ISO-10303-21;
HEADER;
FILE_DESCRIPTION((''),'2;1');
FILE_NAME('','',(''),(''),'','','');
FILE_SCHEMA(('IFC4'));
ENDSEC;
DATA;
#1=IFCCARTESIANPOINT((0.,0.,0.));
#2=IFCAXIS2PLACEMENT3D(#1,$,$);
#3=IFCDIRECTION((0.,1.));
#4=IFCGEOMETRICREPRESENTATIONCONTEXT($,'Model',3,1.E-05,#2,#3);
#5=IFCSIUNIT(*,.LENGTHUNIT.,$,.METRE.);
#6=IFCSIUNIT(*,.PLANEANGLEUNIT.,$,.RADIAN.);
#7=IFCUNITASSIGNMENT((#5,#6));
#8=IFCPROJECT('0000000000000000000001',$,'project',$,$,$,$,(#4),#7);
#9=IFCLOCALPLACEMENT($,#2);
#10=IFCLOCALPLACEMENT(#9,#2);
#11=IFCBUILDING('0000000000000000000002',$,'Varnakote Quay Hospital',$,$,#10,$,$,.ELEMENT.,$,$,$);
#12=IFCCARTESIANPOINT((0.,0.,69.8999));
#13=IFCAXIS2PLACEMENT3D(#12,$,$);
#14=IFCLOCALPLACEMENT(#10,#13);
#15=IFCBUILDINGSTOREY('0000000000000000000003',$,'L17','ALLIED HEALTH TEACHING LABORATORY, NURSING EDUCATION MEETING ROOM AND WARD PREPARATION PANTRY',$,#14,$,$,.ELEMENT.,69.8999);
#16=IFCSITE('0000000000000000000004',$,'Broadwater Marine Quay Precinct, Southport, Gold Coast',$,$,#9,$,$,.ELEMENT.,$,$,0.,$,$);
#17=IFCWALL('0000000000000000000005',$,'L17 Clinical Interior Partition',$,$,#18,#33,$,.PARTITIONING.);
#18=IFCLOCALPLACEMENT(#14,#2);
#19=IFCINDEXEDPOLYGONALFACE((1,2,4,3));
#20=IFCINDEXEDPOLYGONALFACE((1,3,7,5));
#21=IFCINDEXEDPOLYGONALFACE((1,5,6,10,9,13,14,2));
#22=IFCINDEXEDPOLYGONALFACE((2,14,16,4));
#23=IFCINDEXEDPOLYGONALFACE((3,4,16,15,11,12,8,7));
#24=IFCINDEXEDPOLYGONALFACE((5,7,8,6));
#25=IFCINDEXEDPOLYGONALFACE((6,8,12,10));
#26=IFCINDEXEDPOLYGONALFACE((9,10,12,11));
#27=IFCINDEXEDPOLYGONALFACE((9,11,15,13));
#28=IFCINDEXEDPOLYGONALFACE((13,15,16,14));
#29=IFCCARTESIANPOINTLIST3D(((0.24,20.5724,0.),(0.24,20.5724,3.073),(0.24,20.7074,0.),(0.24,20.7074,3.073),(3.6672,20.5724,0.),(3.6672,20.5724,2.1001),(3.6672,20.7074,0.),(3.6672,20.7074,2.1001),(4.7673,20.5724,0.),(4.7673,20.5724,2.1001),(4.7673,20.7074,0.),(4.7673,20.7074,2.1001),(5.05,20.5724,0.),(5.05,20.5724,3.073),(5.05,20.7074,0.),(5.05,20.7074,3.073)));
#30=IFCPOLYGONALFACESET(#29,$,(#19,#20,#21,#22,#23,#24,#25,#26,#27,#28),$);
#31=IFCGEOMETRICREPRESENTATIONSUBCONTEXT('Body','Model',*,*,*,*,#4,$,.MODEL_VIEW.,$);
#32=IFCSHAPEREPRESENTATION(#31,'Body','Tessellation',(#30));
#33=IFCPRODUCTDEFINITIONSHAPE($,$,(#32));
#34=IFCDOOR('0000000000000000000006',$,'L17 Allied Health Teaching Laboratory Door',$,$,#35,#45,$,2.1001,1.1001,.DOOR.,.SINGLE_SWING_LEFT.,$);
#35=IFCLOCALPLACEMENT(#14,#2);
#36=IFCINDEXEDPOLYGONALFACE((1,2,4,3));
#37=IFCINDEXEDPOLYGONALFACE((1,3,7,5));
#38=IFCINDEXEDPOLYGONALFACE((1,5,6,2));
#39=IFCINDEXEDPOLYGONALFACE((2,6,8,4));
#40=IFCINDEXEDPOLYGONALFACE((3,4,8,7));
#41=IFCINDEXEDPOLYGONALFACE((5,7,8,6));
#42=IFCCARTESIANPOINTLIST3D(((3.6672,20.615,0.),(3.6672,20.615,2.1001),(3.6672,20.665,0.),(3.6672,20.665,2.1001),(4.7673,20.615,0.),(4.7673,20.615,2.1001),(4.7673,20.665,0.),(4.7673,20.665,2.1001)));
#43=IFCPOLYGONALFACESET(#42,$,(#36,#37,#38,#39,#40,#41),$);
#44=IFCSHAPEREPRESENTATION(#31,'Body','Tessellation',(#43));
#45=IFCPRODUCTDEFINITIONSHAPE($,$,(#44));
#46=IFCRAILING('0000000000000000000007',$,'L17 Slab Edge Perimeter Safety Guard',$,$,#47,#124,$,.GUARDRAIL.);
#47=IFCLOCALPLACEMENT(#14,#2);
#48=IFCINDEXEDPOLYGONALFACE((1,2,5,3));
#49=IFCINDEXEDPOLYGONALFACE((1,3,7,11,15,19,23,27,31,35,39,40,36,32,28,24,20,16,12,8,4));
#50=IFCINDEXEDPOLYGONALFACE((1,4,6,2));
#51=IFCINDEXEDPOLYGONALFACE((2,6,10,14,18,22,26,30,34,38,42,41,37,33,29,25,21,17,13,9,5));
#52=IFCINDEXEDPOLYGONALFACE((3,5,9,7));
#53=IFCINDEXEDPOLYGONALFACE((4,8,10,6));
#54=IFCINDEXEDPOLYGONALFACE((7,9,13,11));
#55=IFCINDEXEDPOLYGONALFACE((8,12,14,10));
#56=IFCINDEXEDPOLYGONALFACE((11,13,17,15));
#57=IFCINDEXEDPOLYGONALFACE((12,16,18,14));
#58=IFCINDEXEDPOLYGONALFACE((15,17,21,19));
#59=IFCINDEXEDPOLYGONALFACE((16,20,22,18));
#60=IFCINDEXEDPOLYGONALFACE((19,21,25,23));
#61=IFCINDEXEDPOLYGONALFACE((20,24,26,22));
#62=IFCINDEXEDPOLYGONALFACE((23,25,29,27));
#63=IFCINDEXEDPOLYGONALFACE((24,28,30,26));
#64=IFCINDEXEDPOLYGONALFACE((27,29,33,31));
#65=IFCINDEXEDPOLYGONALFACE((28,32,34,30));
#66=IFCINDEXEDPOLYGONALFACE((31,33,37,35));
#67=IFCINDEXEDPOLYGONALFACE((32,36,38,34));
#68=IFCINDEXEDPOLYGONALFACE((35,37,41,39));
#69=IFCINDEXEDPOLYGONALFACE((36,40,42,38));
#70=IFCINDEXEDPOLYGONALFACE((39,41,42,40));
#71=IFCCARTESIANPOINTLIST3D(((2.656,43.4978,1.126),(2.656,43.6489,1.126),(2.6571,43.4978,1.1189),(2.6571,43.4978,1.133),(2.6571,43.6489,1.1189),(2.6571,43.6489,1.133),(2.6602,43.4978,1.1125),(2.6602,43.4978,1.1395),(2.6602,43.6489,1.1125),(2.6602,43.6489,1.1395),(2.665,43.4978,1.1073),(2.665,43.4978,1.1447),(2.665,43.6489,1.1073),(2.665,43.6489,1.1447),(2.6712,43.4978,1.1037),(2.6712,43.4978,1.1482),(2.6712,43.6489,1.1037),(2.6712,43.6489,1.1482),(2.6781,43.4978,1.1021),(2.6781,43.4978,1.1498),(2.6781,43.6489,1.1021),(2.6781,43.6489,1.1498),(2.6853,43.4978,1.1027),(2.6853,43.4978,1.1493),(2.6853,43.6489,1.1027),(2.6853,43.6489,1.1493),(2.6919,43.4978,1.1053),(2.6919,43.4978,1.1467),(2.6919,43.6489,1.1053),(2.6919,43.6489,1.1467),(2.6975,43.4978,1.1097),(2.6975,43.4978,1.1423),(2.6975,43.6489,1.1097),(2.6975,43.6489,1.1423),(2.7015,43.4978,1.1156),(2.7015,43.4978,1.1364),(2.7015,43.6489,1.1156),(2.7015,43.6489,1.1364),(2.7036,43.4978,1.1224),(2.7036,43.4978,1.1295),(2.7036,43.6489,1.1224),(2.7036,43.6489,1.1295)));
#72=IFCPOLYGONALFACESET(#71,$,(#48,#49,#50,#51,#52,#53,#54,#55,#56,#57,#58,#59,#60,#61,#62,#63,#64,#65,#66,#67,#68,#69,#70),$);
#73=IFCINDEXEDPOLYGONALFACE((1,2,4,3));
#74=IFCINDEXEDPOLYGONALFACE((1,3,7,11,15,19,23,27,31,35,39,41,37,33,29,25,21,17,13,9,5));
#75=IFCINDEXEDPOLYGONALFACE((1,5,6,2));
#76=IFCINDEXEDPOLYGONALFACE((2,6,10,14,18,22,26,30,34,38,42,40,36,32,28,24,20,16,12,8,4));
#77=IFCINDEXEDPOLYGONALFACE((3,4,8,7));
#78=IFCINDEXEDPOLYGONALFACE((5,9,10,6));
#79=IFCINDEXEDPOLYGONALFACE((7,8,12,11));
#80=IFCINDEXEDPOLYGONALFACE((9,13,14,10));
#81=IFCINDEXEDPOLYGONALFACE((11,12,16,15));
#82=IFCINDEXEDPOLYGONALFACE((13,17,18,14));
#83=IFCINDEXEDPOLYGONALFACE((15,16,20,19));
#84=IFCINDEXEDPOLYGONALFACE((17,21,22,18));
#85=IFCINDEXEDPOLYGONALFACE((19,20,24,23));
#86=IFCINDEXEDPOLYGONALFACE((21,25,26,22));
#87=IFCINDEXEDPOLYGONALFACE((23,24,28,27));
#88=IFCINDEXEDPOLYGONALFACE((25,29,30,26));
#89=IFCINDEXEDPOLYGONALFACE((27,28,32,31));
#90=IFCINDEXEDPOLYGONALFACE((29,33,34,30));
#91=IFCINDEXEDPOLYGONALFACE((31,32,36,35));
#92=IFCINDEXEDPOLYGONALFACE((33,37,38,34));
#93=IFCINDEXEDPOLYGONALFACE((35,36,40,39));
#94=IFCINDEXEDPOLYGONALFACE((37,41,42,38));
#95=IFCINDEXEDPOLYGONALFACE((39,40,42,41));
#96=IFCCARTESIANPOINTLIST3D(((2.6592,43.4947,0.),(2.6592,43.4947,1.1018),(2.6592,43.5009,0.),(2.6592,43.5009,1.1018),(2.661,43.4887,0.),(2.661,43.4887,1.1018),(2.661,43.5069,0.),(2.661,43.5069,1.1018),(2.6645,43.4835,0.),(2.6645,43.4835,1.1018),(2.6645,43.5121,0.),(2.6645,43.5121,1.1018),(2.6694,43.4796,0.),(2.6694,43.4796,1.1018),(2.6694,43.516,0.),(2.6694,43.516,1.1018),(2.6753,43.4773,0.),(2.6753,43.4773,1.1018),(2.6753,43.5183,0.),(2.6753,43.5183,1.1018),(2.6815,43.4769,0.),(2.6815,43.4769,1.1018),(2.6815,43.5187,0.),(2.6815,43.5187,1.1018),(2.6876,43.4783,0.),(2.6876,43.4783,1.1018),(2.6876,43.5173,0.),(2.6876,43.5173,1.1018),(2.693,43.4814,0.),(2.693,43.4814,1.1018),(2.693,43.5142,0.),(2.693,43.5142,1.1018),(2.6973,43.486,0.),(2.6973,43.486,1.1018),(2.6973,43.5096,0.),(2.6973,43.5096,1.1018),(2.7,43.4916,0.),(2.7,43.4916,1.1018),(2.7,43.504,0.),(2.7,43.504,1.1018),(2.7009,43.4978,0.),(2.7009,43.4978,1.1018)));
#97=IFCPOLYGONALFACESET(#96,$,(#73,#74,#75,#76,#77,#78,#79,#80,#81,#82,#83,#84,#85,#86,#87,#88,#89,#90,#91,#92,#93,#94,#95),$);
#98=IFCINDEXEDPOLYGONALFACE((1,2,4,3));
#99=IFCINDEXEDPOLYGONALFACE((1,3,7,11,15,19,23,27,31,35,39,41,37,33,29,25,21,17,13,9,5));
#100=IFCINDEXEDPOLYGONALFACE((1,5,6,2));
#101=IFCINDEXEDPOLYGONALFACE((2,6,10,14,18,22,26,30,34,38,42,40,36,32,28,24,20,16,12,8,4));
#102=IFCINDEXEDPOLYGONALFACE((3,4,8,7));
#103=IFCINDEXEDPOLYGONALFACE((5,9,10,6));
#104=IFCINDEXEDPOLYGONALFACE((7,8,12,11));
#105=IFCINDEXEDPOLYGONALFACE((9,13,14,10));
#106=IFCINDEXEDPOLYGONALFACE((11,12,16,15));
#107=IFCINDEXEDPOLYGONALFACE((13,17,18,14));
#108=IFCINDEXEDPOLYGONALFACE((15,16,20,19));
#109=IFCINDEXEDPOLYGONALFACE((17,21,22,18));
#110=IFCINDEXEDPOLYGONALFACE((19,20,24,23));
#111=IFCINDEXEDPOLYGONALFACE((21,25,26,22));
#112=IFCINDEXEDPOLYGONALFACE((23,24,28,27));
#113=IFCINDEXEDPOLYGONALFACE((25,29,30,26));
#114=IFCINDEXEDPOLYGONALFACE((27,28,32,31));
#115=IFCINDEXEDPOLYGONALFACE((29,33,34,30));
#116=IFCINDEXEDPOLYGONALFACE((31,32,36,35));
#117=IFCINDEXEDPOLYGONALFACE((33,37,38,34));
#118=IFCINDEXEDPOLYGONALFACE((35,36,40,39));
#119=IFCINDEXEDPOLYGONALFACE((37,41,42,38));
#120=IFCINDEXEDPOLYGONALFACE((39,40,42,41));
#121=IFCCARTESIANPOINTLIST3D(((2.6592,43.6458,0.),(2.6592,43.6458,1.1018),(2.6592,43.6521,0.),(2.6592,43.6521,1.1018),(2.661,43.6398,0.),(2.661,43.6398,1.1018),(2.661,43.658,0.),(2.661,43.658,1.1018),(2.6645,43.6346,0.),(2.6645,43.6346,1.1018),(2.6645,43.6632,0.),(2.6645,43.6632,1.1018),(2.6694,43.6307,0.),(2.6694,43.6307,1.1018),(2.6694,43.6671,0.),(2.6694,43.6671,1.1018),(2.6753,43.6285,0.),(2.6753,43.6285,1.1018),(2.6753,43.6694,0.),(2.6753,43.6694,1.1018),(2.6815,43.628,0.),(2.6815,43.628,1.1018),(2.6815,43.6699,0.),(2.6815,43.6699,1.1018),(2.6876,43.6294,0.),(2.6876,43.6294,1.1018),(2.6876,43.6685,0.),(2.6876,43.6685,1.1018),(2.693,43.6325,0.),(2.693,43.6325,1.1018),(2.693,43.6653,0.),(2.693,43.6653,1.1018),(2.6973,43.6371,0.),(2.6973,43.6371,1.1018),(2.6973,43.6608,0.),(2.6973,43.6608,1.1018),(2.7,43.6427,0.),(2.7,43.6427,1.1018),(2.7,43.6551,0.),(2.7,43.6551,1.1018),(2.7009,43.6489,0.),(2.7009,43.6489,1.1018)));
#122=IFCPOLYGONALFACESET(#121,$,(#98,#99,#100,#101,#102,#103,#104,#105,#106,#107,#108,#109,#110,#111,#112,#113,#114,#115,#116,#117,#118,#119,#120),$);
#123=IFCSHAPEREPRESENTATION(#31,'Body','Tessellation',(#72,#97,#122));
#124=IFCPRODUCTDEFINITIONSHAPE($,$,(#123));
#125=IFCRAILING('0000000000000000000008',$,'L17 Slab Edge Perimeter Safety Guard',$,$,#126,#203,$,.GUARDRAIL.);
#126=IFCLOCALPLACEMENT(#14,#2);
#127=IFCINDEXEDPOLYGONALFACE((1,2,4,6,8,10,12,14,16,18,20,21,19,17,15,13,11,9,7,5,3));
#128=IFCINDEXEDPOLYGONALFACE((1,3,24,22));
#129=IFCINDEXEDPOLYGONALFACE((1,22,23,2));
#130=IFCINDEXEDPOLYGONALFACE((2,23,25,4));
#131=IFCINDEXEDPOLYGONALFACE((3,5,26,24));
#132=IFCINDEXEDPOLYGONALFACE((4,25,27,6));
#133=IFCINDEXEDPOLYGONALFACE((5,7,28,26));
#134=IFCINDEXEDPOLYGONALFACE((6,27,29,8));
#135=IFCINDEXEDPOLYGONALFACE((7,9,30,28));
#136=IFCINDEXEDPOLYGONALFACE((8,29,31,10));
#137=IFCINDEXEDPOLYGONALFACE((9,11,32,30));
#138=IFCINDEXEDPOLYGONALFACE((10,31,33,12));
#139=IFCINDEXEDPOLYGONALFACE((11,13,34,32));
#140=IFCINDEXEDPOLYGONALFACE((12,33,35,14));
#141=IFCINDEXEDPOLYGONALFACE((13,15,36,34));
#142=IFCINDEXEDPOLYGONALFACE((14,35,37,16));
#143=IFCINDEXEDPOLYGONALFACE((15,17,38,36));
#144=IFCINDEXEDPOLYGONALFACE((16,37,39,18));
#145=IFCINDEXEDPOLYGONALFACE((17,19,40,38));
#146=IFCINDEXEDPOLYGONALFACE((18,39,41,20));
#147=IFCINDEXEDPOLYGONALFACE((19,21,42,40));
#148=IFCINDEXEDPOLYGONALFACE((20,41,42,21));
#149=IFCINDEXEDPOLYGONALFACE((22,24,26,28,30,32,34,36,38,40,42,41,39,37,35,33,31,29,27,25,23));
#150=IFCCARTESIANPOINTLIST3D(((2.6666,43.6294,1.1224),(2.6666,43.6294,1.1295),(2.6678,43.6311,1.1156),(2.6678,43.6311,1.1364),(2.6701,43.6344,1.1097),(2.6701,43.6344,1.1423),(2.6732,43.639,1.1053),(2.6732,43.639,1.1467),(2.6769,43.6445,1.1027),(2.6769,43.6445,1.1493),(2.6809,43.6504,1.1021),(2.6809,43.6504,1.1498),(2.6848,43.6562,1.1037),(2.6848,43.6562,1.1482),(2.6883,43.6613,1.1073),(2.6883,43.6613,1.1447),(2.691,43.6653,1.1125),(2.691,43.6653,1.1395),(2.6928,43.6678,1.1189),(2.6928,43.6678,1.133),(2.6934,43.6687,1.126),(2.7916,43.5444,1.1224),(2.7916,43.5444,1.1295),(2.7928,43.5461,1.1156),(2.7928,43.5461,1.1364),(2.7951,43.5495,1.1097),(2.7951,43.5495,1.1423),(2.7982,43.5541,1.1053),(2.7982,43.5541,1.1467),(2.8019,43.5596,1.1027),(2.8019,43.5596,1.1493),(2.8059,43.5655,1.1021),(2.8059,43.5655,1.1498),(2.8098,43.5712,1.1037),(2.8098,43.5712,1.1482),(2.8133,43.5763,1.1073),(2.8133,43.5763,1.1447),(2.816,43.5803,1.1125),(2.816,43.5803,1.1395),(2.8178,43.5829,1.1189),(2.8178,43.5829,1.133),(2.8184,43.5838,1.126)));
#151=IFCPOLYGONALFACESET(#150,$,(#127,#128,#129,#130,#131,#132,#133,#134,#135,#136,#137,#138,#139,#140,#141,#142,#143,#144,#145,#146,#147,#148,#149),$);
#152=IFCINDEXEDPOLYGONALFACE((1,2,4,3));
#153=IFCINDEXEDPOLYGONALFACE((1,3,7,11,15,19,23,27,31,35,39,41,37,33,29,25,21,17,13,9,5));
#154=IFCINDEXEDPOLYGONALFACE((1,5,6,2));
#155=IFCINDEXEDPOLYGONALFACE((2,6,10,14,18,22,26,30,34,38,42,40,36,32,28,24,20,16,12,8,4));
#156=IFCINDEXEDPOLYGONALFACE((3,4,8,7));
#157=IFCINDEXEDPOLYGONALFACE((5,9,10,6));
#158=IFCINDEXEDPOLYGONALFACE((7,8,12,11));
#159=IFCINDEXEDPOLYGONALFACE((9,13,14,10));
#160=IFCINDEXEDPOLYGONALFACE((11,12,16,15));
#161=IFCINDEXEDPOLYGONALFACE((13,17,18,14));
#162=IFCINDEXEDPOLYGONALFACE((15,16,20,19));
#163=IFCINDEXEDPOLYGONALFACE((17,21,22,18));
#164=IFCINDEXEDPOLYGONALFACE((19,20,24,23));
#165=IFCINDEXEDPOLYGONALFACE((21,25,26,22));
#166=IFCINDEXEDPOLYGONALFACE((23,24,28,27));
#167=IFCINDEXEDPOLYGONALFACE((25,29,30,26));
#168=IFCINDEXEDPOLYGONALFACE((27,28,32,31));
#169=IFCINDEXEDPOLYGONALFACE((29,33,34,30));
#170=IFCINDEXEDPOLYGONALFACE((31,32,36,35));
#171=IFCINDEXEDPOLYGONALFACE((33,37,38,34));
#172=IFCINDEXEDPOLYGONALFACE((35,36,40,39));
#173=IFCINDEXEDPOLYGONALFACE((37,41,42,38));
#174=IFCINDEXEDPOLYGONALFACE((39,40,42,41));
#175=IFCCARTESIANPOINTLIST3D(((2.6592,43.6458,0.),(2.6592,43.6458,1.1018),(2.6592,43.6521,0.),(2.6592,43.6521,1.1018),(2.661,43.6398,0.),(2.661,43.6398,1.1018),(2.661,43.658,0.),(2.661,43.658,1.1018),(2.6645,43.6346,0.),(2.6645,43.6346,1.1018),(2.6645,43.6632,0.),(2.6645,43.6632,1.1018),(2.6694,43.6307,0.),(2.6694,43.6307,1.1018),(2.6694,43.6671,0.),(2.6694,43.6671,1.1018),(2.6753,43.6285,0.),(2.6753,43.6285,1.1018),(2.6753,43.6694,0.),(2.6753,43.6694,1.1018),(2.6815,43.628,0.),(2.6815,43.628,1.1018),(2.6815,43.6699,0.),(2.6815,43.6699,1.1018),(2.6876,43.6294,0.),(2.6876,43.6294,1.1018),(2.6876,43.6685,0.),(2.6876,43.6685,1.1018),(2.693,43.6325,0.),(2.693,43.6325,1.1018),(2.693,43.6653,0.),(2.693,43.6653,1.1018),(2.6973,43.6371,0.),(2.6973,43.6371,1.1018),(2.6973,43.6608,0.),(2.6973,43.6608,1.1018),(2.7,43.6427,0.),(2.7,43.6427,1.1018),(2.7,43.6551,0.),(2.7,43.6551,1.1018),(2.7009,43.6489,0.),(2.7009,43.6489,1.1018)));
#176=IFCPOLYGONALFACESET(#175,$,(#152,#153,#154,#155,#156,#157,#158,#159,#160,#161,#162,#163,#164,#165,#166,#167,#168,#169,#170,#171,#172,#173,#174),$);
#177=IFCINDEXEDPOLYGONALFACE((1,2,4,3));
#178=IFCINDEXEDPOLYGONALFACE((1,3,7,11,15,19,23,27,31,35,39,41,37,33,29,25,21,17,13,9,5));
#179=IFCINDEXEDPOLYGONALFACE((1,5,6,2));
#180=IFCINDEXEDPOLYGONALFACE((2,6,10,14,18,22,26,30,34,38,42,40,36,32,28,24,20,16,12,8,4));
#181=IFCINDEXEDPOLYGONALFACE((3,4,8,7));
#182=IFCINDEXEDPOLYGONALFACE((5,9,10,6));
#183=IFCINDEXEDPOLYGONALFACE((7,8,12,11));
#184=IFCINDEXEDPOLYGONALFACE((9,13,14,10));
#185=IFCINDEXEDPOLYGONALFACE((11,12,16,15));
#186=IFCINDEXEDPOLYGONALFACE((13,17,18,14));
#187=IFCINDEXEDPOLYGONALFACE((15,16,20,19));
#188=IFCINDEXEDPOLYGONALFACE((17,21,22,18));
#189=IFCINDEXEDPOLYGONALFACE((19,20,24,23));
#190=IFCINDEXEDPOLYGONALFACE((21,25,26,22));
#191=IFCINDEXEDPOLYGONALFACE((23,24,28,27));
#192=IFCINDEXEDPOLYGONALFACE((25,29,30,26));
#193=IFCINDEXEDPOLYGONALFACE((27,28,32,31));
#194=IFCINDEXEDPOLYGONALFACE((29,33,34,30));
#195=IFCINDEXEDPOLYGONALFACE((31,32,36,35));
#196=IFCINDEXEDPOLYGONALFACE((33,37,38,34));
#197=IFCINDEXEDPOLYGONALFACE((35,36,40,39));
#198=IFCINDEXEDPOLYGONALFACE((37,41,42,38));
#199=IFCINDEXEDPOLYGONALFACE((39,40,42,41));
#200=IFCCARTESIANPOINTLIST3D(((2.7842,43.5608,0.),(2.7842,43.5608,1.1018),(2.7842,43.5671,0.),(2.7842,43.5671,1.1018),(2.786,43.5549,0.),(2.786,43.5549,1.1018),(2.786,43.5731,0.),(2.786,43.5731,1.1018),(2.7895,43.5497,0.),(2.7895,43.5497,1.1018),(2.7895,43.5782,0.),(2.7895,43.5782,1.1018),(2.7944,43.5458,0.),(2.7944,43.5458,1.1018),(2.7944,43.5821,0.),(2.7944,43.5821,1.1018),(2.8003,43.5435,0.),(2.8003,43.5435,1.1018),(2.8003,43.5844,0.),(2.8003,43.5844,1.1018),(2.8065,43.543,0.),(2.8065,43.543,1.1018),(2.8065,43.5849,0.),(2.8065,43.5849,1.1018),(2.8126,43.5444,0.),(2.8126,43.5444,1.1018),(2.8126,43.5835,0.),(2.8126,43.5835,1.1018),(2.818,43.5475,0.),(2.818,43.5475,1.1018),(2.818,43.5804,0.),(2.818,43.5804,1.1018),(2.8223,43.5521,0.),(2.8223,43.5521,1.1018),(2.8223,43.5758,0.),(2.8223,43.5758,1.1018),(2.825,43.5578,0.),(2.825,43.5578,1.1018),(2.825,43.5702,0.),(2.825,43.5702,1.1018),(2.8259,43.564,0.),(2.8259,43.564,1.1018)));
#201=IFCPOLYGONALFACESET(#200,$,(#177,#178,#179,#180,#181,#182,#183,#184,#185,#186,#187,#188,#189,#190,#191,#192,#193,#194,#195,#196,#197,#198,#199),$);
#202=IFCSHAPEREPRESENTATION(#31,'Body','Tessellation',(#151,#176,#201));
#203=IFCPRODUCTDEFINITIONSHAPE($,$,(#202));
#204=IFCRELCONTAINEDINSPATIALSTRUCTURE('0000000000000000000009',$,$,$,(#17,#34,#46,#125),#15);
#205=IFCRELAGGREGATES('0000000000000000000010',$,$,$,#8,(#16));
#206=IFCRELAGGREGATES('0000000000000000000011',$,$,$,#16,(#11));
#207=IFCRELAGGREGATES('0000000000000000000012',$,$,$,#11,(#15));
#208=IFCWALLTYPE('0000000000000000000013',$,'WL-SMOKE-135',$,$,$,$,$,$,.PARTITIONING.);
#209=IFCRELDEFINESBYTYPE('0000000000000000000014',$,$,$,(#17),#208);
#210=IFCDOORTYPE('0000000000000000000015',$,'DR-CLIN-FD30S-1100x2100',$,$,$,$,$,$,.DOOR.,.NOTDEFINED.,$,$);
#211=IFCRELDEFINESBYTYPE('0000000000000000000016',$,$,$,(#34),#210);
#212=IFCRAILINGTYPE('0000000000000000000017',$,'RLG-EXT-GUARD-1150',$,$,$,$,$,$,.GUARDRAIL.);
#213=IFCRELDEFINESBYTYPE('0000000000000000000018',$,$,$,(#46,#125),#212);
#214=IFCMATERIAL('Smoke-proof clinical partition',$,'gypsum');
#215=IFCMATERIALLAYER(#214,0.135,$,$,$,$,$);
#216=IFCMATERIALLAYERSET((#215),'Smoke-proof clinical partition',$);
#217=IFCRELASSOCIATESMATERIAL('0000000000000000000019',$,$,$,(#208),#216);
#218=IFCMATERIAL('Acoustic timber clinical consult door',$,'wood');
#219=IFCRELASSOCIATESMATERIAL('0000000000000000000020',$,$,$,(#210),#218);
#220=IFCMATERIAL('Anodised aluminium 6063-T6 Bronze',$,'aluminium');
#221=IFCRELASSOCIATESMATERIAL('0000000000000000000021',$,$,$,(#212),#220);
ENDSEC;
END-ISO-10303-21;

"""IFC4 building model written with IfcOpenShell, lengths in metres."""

from ifc_helpers import new_model, si_unit, direction, frame, frame_2d, origin, origin_2d, place, context, subcontext, project, spatial, rectangle, circle, extrude, material, layer, layer_set, type_object, element, fill, save


model = new_model("IFC4")

# Units and contexts
model_context = context("Model", 3, precision=1e-05, world=origin(), true_north=direction((0.0, 1.0)))
body_context = subcontext(model_context, "Body", "Model", "MODEL_VIEW")
ifc_project = project(units=[si_unit("LENGTHUNIT", "METRE"), si_unit("PLANEANGLEUNIT", "RADIAN")], contexts=[model_context])

# Site, building, storey
site_placement = place(None, origin())
site = spatial("IfcSite", under=ifc_project, at=site_placement, Name="Broadwater Marine Quay Precinct, Southport, Gold Coast", CompositionType="ELEMENT", RefElevation=0.0)
building_placement = place(site_placement, origin())
building = spatial("IfcBuilding", under=site, at=building_placement, Name="Varnakote Quay Hospital", CompositionType="ELEMENT")
storey_placement = place(building_placement, frame((0.0, 0.0, 69.8999)))
storey = spatial("IfcBuildingStorey", under=building, at=storey_placement, Name="L17", Description="ALLIED HEALTH TEACHING LABORATORY, NURSING EDUCATION MEETING ROOM AND WARD PREPARATION PANTRY", CompositionType="ELEMENT", Elevation=69.8999)

# Wall, opening, door
ifc_material_1 = material(Name="Smoke-proof clinical partition", Category="gypsum")
ifc_layer_1 = layer(ifc_material_1, 0.135)
ifc_layer_set_1 = layer_set([ifc_layer_1], Name="Smoke-proof clinical partition")
wall_type_1 = type_object("IfcWallType", Name="WL-SMOKE-135", PredefinedType="PARTITIONING", material=ifc_layer_set_1)
wall_1_placement = place(storey_placement, frame((5.05, 20.6399, 0.0), z_axis=(0.0, 0.0, 1.0), x_axis=(-1.0, 0.0, 0.0)))
wall_1 = element("IfcWall", 1, at=wall_1_placement, inside=storey, type_object=wall_type_1, Name="L17 Clinical Interior Partition", PredefinedType="PARTITIONING", context=body_context, shape_type="SweptSolid", body=[
    extrude(rectangle(XDim=4.8101, YDim=0.135, at=frame_2d((2.405, 0.0))), origin(), (0.0, 0.0, 1.0), 3.073),
])
opening_1_placement = place(wall_1_placement, frame((0.2827, 0.0, 0.0)))
opening_1 = element("IfcOpeningElement", 2, at=opening_1_placement, cuts=wall_1, PredefinedType="OPENING", context=body_context, shape_type="SweptSolid", body=[
    extrude(rectangle(XDim=1.1001, YDim=2.1001, at=frame_2d((0.55, 1.05))), frame((0.0, 0.0774, 0.0), z_axis=(0.0, -1.0, 0.0), x_axis=(1.0, 0.0, 0.0)), (0.0, 0.0, 1.0), 0.155),
])
ifc_material_2 = material(Name="Acoustic timber clinical consult door", Category="wood")
door_type = type_object("IfcDoorType", Name="DR-CLIN-FD30S-1100x2100", OperationType="NOTDEFINED", PredefinedType="DOOR", material=ifc_material_2)
door_placement = place(opening_1_placement, origin())
door = element("IfcDoor", 3, at=door_placement, inside=storey, type_object=door_type, Name="L17 Allied Health Teaching Laboratory Door", OperationType="SINGLE_SWING_LEFT", OverallHeight=2.1001, OverallWidth=1.1001, PredefinedType="DOOR", context=body_context, shape_type="SweptSolid", body=[
    extrude(rectangle(XDim=1.1001, YDim=2.1001, at=frame_2d((0.55, 1.05))), frame((0.0, 0.0249, 0.0), z_axis=(0.0, -1.0, 0.0), x_axis=(1.0, 0.0, 0.0)), (0.0, 0.0, 1.0), 0.05),
])
fill(opening_1, door)

# Railings
ifc_material_3 = material(Name="Anodised aluminium 6063-T6 Bronze", Category="aluminium")
railing_type = type_object("IfcRailingType", Name="RLG-EXT-GUARD-1150", PredefinedType="GUARDRAIL", material=ifc_material_3)
railing_1_placement = place(storey_placement, frame((2.6799, 43.4978, 0.0)))
element("IfcRailing", 4, at=railing_1_placement, inside=storey, type_object=railing_type, Name="L17 Slab Edge Perimeter Safety Guard", PredefinedType="GUARDRAIL", context=body_context, shape_type="SweptSolid", body=[
    extrude(circle(Radius=0.0239, at=origin_2d()), frame((0.0, 0.0, 1.126), z_axis=(0.0, 1.0, 0.0), x_axis=(-1.0, 0.0, 0.0)), (0.0, 0.0, 1.0), 0.1511),
    extrude(circle(Radius=0.021, at=origin_2d()), origin(), (0.0, 0.0, 1.0), 1.1018),
    extrude(circle(Radius=0.021, at=origin_2d()), frame((0.0, 0.1511, 0.0)), (0.0, 0.0, 1.0), 1.1018),
])
railing_2_placement = place(storey_placement, frame((2.6799, 43.6489, 0.0)))
element("IfcRailing", 5, at=railing_2_placement, inside=storey, type_object=railing_type, Name="L17 Slab Edge Perimeter Safety Guard", PredefinedType="GUARDRAIL", context=body_context, shape_type="SweptSolid", body=[
    extrude(circle(Radius=0.0239, at=origin_2d()), frame((0.0, 0.0, 1.126), z_axis=(0.827047, -0.562133, 0.0), x_axis=(0.562133, 0.827047, 0.0)), (0.0, 0.0, 1.0), 0.1511),
    extrude(circle(Radius=0.021, at=origin_2d()), origin(), (0.0, 0.0, 1.0), 1.1018),
    extrude(circle(Radius=0.021, at=origin_2d()), frame((0.125, -0.085, 0.0)), (0.0, 0.0, 1.0), 1.1018),
])

save(model, "model.ifc")
